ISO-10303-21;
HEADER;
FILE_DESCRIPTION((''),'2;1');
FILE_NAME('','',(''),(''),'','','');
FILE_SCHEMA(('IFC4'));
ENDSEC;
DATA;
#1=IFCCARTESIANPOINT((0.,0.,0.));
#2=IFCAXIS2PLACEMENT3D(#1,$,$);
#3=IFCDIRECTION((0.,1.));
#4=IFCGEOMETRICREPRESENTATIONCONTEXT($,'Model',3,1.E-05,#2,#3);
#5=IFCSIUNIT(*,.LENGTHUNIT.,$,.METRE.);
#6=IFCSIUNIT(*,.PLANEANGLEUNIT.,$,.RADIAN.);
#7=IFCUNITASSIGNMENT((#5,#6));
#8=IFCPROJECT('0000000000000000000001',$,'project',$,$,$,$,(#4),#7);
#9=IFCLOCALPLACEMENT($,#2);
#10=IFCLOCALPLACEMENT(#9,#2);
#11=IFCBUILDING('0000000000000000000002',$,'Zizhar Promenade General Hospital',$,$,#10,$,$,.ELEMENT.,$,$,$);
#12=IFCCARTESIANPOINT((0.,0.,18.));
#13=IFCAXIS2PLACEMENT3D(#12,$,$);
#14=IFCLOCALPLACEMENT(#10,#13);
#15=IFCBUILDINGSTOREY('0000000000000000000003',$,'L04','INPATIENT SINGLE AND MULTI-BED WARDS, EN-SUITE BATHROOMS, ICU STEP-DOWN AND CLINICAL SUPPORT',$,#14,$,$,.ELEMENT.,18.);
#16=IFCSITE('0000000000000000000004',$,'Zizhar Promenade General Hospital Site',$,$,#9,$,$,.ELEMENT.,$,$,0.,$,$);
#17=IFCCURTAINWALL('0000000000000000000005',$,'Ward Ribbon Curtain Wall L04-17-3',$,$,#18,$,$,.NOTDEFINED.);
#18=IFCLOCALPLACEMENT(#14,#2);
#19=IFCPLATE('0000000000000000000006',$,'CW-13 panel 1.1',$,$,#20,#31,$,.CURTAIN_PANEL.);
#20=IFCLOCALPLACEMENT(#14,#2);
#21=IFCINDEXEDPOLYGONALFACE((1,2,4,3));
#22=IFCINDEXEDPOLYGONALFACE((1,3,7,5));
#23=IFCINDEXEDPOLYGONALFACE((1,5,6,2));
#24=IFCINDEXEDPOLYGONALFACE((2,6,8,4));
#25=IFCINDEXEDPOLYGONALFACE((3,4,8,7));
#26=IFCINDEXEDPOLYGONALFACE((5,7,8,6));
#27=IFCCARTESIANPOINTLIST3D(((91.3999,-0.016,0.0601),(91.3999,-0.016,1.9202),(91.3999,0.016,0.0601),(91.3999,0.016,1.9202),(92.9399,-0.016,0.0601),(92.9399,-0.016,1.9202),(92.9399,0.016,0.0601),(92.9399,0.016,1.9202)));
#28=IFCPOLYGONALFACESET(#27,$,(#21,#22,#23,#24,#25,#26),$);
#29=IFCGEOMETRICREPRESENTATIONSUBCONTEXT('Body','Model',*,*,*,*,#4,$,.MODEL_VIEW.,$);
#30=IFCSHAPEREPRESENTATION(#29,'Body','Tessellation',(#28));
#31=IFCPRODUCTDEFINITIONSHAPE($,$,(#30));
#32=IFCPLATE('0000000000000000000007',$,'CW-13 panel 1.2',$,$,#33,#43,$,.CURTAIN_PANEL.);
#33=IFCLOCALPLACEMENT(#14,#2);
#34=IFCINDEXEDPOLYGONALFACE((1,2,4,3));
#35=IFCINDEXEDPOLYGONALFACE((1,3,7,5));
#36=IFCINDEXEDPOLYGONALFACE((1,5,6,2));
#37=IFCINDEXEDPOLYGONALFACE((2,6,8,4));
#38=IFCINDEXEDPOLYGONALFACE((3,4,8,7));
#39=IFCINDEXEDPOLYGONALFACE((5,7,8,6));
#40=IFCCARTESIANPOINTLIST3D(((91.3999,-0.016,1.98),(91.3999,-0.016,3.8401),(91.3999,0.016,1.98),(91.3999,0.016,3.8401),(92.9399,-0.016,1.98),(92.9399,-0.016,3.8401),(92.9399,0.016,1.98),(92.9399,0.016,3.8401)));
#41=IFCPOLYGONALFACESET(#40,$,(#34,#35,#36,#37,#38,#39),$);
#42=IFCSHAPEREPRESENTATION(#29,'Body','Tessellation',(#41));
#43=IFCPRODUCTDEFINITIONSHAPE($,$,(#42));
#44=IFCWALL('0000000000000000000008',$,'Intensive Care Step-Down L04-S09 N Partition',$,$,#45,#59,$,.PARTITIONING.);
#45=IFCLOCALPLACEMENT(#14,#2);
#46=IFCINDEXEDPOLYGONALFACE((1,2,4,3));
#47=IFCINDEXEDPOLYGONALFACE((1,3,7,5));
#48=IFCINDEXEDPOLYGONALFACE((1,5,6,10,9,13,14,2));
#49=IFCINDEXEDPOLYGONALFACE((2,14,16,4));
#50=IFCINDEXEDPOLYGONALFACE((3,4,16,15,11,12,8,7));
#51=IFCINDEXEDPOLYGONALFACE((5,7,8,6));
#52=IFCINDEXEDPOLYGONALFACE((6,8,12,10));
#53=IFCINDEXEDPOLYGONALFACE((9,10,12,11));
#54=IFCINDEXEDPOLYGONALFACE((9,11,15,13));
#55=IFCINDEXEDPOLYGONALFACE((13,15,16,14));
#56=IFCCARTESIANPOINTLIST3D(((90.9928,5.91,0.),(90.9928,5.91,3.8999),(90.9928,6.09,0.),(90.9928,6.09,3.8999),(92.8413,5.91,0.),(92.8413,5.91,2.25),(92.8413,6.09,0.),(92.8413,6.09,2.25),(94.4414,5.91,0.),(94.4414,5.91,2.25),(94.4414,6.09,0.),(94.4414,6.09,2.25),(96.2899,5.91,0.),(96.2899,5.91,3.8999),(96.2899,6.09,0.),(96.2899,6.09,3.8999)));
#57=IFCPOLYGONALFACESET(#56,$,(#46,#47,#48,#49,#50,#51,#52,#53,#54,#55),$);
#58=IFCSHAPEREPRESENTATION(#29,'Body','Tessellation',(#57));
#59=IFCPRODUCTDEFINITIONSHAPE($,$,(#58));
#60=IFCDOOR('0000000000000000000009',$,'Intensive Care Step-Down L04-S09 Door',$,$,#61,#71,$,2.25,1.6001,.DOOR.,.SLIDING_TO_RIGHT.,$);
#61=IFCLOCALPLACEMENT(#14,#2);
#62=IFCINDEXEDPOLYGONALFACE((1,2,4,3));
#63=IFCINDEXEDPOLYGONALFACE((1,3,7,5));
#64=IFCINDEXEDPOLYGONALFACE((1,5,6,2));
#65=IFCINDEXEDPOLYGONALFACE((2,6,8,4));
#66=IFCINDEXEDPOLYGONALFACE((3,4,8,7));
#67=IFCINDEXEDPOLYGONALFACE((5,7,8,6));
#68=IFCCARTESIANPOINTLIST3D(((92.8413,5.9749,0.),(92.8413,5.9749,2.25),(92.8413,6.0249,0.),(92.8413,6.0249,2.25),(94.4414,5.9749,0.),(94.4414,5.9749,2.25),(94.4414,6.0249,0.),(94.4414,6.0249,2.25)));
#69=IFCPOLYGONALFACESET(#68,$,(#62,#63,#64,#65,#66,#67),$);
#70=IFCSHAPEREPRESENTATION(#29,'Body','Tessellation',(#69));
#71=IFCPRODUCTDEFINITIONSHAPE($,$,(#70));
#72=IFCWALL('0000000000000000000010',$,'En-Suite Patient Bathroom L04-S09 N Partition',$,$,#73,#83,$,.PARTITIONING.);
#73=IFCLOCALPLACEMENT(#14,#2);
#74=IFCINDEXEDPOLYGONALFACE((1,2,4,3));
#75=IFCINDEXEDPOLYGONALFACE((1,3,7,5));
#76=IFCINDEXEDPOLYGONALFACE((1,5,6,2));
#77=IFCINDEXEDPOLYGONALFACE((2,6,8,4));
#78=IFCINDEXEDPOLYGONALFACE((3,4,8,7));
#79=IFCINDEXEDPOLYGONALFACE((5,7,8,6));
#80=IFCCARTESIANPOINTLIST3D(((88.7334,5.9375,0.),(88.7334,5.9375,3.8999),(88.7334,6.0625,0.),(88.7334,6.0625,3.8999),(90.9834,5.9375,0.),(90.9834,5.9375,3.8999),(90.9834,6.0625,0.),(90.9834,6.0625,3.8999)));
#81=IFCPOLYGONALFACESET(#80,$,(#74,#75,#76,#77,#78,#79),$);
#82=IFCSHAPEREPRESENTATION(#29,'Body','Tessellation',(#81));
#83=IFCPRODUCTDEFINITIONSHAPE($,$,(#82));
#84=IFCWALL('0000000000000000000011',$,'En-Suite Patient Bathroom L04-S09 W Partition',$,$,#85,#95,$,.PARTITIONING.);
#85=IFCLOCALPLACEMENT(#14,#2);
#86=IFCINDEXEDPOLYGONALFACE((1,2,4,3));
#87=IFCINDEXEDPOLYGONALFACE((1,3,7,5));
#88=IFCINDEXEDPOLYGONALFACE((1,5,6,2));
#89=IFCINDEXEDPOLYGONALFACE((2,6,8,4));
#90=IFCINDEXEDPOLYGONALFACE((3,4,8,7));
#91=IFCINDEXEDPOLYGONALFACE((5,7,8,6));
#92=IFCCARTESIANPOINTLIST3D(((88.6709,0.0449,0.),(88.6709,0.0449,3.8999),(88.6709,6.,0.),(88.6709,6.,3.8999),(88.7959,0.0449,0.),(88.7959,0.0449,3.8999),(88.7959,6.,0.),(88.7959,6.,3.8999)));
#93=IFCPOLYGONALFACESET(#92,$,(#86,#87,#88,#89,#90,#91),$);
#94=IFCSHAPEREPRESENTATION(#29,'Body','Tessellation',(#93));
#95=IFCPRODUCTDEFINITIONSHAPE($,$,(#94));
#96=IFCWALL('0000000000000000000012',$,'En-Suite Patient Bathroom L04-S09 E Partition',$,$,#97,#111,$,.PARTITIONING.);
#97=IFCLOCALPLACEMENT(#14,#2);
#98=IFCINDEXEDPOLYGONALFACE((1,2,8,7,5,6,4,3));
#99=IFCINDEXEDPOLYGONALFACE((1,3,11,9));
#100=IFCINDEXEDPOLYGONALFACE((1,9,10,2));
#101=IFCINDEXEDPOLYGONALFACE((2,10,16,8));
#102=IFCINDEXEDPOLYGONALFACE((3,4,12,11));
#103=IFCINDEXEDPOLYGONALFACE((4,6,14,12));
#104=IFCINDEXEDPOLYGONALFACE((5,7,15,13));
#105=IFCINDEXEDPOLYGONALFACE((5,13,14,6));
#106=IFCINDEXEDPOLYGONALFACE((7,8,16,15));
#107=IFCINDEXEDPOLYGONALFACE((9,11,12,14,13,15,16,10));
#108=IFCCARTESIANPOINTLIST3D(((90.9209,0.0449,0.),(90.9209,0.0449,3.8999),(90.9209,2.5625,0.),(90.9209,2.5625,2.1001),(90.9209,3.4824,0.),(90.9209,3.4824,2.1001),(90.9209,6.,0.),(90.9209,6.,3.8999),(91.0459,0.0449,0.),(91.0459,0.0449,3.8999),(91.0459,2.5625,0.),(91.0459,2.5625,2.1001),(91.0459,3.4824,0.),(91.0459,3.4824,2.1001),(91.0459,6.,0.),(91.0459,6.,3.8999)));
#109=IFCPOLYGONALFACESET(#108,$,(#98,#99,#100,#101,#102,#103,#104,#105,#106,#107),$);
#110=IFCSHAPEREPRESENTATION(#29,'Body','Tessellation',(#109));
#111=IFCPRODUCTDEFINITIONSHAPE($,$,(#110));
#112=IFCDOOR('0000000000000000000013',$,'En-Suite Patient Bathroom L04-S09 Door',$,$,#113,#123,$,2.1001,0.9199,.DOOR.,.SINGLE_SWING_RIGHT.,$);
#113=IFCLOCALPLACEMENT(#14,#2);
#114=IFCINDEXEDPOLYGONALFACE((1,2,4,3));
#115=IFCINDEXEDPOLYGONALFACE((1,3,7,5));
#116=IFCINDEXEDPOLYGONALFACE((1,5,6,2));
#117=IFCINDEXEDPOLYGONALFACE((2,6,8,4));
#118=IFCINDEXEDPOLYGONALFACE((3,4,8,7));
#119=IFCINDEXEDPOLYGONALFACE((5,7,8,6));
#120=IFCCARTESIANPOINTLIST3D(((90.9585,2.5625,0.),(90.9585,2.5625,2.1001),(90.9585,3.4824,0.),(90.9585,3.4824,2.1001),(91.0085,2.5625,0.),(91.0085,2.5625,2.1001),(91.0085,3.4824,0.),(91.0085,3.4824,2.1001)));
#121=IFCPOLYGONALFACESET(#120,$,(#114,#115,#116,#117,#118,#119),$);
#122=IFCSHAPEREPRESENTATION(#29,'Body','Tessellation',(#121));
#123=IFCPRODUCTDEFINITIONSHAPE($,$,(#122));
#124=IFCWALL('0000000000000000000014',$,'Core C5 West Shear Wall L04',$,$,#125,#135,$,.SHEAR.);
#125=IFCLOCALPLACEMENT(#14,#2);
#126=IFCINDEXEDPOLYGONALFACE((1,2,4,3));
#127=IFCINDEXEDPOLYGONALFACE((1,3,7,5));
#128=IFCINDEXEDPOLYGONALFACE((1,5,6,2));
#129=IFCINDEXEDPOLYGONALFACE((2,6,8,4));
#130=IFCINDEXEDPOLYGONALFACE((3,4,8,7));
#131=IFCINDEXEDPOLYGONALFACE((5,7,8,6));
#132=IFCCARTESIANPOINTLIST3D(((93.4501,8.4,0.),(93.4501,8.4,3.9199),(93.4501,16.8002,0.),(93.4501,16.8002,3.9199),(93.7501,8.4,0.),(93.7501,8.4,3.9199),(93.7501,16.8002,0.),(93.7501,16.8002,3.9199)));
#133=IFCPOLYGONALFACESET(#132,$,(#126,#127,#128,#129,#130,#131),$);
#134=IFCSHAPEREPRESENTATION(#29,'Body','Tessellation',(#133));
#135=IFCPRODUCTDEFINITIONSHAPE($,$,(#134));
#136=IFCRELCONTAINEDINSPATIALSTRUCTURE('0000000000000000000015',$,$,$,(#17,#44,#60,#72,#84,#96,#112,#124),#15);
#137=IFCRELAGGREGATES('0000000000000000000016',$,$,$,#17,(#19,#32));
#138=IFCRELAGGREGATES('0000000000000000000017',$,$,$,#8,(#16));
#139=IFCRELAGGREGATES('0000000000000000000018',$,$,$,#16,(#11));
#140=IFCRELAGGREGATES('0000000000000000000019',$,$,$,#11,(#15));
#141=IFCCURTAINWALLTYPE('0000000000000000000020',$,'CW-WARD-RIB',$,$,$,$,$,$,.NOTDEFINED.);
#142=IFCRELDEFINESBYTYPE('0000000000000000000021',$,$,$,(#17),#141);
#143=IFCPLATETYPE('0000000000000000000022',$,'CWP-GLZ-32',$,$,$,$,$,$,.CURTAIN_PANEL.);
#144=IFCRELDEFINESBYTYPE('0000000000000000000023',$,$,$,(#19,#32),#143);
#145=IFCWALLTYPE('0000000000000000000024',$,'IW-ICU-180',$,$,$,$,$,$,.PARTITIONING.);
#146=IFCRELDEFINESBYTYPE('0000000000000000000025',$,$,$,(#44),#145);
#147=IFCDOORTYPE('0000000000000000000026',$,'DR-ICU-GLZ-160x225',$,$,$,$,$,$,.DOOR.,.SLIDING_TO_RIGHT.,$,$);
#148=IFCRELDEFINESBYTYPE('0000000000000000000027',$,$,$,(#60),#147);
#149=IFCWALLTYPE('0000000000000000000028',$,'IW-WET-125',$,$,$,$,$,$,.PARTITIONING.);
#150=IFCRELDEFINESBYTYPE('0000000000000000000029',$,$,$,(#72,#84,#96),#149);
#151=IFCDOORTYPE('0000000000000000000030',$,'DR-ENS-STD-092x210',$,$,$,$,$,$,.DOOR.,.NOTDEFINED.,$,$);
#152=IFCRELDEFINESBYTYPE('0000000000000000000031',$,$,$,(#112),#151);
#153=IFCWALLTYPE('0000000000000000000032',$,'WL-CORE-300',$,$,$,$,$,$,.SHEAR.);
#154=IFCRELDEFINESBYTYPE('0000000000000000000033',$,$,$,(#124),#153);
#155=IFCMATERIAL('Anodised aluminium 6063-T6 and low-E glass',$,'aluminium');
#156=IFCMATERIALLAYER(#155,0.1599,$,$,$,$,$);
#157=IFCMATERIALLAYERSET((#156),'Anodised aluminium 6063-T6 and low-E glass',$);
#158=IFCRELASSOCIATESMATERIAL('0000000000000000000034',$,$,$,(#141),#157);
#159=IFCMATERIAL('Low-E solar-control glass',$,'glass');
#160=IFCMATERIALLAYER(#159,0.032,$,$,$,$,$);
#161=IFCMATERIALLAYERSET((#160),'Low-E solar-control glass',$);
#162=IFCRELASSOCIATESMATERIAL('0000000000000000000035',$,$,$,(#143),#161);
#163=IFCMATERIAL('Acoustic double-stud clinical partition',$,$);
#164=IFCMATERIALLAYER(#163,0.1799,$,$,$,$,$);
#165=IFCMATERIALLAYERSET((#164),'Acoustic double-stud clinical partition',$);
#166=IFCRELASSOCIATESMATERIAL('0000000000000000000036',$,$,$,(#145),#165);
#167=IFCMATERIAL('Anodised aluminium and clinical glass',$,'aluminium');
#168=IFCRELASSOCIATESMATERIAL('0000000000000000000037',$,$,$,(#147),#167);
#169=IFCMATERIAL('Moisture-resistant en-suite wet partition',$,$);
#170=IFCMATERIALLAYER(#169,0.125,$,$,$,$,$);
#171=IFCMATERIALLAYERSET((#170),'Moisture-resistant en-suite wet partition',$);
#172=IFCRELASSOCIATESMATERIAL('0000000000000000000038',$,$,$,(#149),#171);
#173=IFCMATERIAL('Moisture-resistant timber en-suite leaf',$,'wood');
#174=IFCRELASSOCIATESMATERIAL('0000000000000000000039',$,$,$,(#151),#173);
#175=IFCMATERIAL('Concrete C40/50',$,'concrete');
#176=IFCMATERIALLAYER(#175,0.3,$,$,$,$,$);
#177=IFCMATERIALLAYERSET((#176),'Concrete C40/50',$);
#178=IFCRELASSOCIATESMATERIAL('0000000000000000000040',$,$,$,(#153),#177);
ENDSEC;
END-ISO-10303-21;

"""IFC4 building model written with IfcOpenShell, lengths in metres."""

from ifc_helpers import new_model, si_unit, direction, frame, frame_2d, origin, origin_2d, place, context, subcontext, project, spatial, rectangle, extrude, material, layer, layer_set, type_object, element, fill, aggregate, save


model = new_model("IFC4")

# Units and contexts
model_context = context("Model", 3, precision=1e-05, world=origin(), true_north=direction((0.0, 1.0)))
body_context = subcontext(model_context, "Body", "Model", "MODEL_VIEW")
ifc_project = project(units=[si_unit("LENGTHUNIT", "METRE"), si_unit("PLANEANGLEUNIT", "RADIAN")], contexts=[model_context])

# Site, building, storey
site_placement = place(None, origin())
site = spatial("IfcSite", under=ifc_project, at=site_placement, Name="Zizhar Promenade General Hospital Site", CompositionType="ELEMENT", RefElevation=0.0)
building_placement = place(site_placement, origin())
building = spatial("IfcBuilding", under=site, at=building_placement, Name="Zizhar Promenade General Hospital", CompositionType="ELEMENT")
storey_placement = place(building_placement, frame((0.0, 0.0, 18.0)))
storey = spatial("IfcBuildingStorey", under=building, at=storey_placement, Name="L04", Description="INPATIENT SINGLE AND MULTI-BED WARDS, EN-SUITE BATHROOMS, ICU STEP-DOWN AND CLINICAL SUPPORT", CompositionType="ELEMENT", Elevation=18.0)

# Shared definitions
ifc_material_1 = material(Name="Anodised aluminium 6063-T6 and low-E glass", Category="aluminium")
ifc_layer_1 = layer(ifc_material_1, 0.1599)
ifc_layer_set_1 = layer_set([ifc_layer_1], Name="Anodised aluminium 6063-T6 and low-E glass")
curtain_wall_type = type_object("IfcCurtainWallType", Name="CW-WARD-RIB", PredefinedType="NOTDEFINED", material=ifc_layer_set_1)

# Curtain wall, plates
curtain_wall_1_placement = place(storey_placement, origin())
curtain_wall_1 = element("IfcCurtainWall", 1, at=curtain_wall_1_placement, inside=storey, type_object=curtain_wall_type, Name="Ward Ribbon Curtain Wall L04-17-3", PredefinedType="NOTDEFINED")
ifc_material_2 = material(Name="Low-E solar-control glass", Category="glass")
ifc_layer_2 = layer(ifc_material_2, 0.032)
ifc_layer_set_2 = layer_set([ifc_layer_2], Name="Low-E solar-control glass")
plate_type = type_object("IfcPlateType", Name="CWP-GLZ-32", PredefinedType="CURTAIN_PANEL", material=ifc_layer_set_2)
plate_1_placement = place(storey_placement, frame((92.1699, 0.0, 0.0601), z_axis=(0.0, 0.0, 1.0), x_axis=(-1.0, 0.0, 0.0)))
plate_1 = element("IfcPlate", 2, at=plate_1_placement, type_object=plate_type, Name="CW-13 panel 1.1", PredefinedType="CURTAIN_PANEL", context=body_context, shape_type="SweptSolid", body=[
    extrude(rectangle(XDim=1.54, YDim=0.032, at=origin_2d()), origin(), (0.0, 0.0, 1.0), 1.8601),
])
plate_2_placement = place(storey_placement, frame((92.1699, 0.0, 1.98), z_axis=(0.0, 0.0, 1.0), x_axis=(-1.0, 0.0, 0.0)))
plate_2 = element("IfcPlate", 3, at=plate_2_placement, type_object=plate_type, Name="CW-13 panel 1.2", PredefinedType="CURTAIN_PANEL", context=body_context, shape_type="SweptSolid", body=[
    extrude(rectangle(XDim=1.54, YDim=0.032, at=origin_2d()), origin(), (0.0, 0.0, 1.0), 1.8601),
])
aggregate(curtain_wall_1, [plate_1, plate_2])

# Wall, opening, door
ifc_material_3 = material(Name="Acoustic double-stud clinical partition")
ifc_layer_3 = layer(ifc_material_3, 0.1799)
ifc_layer_set_3 = layer_set([ifc_layer_3], Name="Acoustic double-stud clinical partition")
wall_type_1 = type_object("IfcWallType", Name="IW-ICU-180", PredefinedType="PARTITIONING", material=ifc_layer_set_3)
wall_1_placement = place(storey_placement, frame((90.9929, 6.0, 0.0), z_axis=(0.0, 0.0, 1.0), x_axis=(1.0, 0.0, 0.0)))
wall_1 = element("IfcWall", 4, at=wall_1_placement, inside=storey, type_object=wall_type_1, Name="Intensive Care Step-Down L04-S09 N Partition", PredefinedType="PARTITIONING", context=body_context, shape_type="SweptSolid", body=[
    extrude(rectangle(XDim=5.2971, YDim=0.1799, at=frame_2d((2.6484, 0.0))), origin(), (0.0, 0.0, 1.0), 3.8999),
])
opening_1_placement = place(wall_1_placement, frame((1.8484, 0.0, 0.0)))
opening_1 = element("IfcOpeningElement", 5, at=opening_1_placement, cuts=wall_1, PredefinedType="OPENING", context=body_context, shape_type="SweptSolid", body=[
    extrude(rectangle(XDim=1.6001, YDim=2.25, at=frame_2d((0.8, 1.125))), frame((0.0, 0.1001, 0.0), z_axis=(0.0, -1.0, 0.0), x_axis=(1.0, 0.0, 0.0)), (0.0, 0.0, 1.0), 0.2),
])
ifc_material_4 = material(Name="Anodised aluminium and clinical glass", Category="aluminium")
door_type_1 = type_object("IfcDoorType", Name="DR-ICU-GLZ-160x225", OperationType="SLIDING_TO_RIGHT", PredefinedType="DOOR", material=ifc_material_4)
door_1_placement = place(opening_1_placement, origin())
door_1 = element("IfcDoor", 6, at=door_1_placement, inside=storey, type_object=door_type_1, Name="Intensive Care Step-Down L04-S09 Door", OperationType="SLIDING_TO_RIGHT", OverallHeight=2.25, OverallWidth=1.6001, PredefinedType="DOOR", context=body_context, shape_type="SweptSolid", body=[
    extrude(rectangle(XDim=1.6001, YDim=2.25, at=frame_2d((0.8, 1.125))), frame((0.0, 0.0249, 0.0), z_axis=(0.0, -1.0, 0.0), x_axis=(1.0, 0.0, 0.0)), (0.0, 0.0, 1.0), 0.05),
])
fill(opening_1, door_1)

# Walls
ifc_material_5 = material(Name="Moisture-resistant en-suite wet partition")
ifc_layer_4 = layer(ifc_material_5, 0.125)
ifc_layer_set_4 = layer_set([ifc_layer_4], Name="Moisture-resistant en-suite wet partition")
wall_type_2 = type_object("IfcWallType", Name="IW-WET-125", PredefinedType="PARTITIONING", material=ifc_layer_set_4)
wall_2_placement = place(storey_placement, frame((88.7334, 6.0, 0.0), z_axis=(0.0, 0.0, 1.0), x_axis=(1.0, 0.0, 0.0)))
element("IfcWall", 7, at=wall_2_placement, inside=storey, type_object=wall_type_2, Name="En-Suite Patient Bathroom L04-S09 N Partition", PredefinedType="PARTITIONING", context=body_context, shape_type="SweptSolid", body=[
    extrude(rectangle(XDim=2.25, YDim=0.125, at=frame_2d((1.125, 0.0))), origin(), (0.0, 0.0, 1.0), 3.8999),
])
wall_3_placement = place(storey_placement, frame((88.7334, 0.0449, 0.0), z_axis=(0.0, 0.0, 1.0), x_axis=(0.0, 1.0, 0.0)))
element("IfcWall", 8, at=wall_3_placement, inside=storey, type_object=wall_type_2, Name="En-Suite Patient Bathroom L04-S09 W Partition", PredefinedType="PARTITIONING", context=body_context, shape_type="SweptSolid", body=[
    extrude(rectangle(XDim=5.9551, YDim=0.125, at=frame_2d((2.9775, 0.0))), origin(), (0.0, 0.0, 1.0), 3.8999),
])

# Wall, opening, door
wall_4_placement = place(storey_placement, frame((90.9834, 0.0449, 0.0), z_axis=(0.0, 0.0, 1.0), x_axis=(0.0, 1.0, 0.0)))
wall_4 = element("IfcWall", 9, at=wall_4_placement, inside=storey, type_object=wall_type_2, Name="En-Suite Patient Bathroom L04-S09 E Partition", PredefinedType="PARTITIONING", context=body_context, shape_type="SweptSolid", body=[
    extrude(rectangle(XDim=5.9551, YDim=0.125, at=frame_2d((2.9775, 0.0))), origin(), (0.0, 0.0, 1.0), 3.8999),
])
opening_2_placement = place(wall_4_placement, frame((2.5176, 0.0, 0.0)))
opening_2 = element("IfcOpeningElement", 10, at=opening_2_placement, cuts=wall_4, PredefinedType="OPENING", context=body_context, shape_type="SweptSolid", body=[
    extrude(rectangle(XDim=0.9199, YDim=2.1001, at=frame_2d((0.46, 1.05))), frame((0.0, 0.0725, 0.0), z_axis=(0.0, -1.0, 0.0), x_axis=(1.0, 0.0, 0.0)), (0.0, 0.0, 1.0), 0.145),
])
ifc_material_6 = material(Name="Moisture-resistant timber en-suite leaf", Category="wood")
door_type_2 = type_object("IfcDoorType", Name="DR-ENS-STD-092x210", OperationType="NOTDEFINED", PredefinedType="DOOR", material=ifc_material_6)
door_2_placement = place(opening_2_placement, origin())
door_2 = element("IfcDoor", 11, at=door_2_placement, inside=storey, type_object=door_type_2, Name="En-Suite Patient Bathroom L04-S09 Door", OperationType="SINGLE_SWING_RIGHT", OverallHeight=2.1001, OverallWidth=0.9199, PredefinedType="DOOR", context=body_context, shape_type="SweptSolid", body=[
    extrude(rectangle(XDim=0.9199, YDim=2.1001, at=frame_2d((0.46, 1.05))), frame((0.0, 0.0249, 0.0), z_axis=(0.0, -1.0, 0.0), x_axis=(1.0, 0.0, 0.0)), (0.0, 0.0, 1.0), 0.05),
])
fill(opening_2, door_2)

# Wall
ifc_material_7 = material(Name="Concrete C40/50", Category="concrete")
ifc_layer_5 = layer(ifc_material_7, 0.3)
ifc_layer_set_5 = layer_set([ifc_layer_5], Name="Concrete C40/50")
wall_type_3 = type_object("IfcWallType", Name="WL-CORE-300", PredefinedType="SHEAR", material=ifc_layer_set_5)
wall_5_placement = place(storey_placement, frame((93.6001, 8.3999, 0.0), z_axis=(0.0, 0.0, 1.0), x_axis=(0.0, 1.0, 0.0)))
element("IfcWall", 12, at=wall_5_placement, inside=storey, type_object=wall_type_3, Name="Core C5 West Shear Wall L04", PredefinedType="SHEAR", context=body_context, shape_type="SweptSolid", body=[
    extrude(rectangle(XDim=8.4001, YDim=0.3, at=frame_2d((4.2002, 0.0))), origin(), (0.0, 0.0, 1.0), 3.9199),
])

save(model, "model.ifc")
